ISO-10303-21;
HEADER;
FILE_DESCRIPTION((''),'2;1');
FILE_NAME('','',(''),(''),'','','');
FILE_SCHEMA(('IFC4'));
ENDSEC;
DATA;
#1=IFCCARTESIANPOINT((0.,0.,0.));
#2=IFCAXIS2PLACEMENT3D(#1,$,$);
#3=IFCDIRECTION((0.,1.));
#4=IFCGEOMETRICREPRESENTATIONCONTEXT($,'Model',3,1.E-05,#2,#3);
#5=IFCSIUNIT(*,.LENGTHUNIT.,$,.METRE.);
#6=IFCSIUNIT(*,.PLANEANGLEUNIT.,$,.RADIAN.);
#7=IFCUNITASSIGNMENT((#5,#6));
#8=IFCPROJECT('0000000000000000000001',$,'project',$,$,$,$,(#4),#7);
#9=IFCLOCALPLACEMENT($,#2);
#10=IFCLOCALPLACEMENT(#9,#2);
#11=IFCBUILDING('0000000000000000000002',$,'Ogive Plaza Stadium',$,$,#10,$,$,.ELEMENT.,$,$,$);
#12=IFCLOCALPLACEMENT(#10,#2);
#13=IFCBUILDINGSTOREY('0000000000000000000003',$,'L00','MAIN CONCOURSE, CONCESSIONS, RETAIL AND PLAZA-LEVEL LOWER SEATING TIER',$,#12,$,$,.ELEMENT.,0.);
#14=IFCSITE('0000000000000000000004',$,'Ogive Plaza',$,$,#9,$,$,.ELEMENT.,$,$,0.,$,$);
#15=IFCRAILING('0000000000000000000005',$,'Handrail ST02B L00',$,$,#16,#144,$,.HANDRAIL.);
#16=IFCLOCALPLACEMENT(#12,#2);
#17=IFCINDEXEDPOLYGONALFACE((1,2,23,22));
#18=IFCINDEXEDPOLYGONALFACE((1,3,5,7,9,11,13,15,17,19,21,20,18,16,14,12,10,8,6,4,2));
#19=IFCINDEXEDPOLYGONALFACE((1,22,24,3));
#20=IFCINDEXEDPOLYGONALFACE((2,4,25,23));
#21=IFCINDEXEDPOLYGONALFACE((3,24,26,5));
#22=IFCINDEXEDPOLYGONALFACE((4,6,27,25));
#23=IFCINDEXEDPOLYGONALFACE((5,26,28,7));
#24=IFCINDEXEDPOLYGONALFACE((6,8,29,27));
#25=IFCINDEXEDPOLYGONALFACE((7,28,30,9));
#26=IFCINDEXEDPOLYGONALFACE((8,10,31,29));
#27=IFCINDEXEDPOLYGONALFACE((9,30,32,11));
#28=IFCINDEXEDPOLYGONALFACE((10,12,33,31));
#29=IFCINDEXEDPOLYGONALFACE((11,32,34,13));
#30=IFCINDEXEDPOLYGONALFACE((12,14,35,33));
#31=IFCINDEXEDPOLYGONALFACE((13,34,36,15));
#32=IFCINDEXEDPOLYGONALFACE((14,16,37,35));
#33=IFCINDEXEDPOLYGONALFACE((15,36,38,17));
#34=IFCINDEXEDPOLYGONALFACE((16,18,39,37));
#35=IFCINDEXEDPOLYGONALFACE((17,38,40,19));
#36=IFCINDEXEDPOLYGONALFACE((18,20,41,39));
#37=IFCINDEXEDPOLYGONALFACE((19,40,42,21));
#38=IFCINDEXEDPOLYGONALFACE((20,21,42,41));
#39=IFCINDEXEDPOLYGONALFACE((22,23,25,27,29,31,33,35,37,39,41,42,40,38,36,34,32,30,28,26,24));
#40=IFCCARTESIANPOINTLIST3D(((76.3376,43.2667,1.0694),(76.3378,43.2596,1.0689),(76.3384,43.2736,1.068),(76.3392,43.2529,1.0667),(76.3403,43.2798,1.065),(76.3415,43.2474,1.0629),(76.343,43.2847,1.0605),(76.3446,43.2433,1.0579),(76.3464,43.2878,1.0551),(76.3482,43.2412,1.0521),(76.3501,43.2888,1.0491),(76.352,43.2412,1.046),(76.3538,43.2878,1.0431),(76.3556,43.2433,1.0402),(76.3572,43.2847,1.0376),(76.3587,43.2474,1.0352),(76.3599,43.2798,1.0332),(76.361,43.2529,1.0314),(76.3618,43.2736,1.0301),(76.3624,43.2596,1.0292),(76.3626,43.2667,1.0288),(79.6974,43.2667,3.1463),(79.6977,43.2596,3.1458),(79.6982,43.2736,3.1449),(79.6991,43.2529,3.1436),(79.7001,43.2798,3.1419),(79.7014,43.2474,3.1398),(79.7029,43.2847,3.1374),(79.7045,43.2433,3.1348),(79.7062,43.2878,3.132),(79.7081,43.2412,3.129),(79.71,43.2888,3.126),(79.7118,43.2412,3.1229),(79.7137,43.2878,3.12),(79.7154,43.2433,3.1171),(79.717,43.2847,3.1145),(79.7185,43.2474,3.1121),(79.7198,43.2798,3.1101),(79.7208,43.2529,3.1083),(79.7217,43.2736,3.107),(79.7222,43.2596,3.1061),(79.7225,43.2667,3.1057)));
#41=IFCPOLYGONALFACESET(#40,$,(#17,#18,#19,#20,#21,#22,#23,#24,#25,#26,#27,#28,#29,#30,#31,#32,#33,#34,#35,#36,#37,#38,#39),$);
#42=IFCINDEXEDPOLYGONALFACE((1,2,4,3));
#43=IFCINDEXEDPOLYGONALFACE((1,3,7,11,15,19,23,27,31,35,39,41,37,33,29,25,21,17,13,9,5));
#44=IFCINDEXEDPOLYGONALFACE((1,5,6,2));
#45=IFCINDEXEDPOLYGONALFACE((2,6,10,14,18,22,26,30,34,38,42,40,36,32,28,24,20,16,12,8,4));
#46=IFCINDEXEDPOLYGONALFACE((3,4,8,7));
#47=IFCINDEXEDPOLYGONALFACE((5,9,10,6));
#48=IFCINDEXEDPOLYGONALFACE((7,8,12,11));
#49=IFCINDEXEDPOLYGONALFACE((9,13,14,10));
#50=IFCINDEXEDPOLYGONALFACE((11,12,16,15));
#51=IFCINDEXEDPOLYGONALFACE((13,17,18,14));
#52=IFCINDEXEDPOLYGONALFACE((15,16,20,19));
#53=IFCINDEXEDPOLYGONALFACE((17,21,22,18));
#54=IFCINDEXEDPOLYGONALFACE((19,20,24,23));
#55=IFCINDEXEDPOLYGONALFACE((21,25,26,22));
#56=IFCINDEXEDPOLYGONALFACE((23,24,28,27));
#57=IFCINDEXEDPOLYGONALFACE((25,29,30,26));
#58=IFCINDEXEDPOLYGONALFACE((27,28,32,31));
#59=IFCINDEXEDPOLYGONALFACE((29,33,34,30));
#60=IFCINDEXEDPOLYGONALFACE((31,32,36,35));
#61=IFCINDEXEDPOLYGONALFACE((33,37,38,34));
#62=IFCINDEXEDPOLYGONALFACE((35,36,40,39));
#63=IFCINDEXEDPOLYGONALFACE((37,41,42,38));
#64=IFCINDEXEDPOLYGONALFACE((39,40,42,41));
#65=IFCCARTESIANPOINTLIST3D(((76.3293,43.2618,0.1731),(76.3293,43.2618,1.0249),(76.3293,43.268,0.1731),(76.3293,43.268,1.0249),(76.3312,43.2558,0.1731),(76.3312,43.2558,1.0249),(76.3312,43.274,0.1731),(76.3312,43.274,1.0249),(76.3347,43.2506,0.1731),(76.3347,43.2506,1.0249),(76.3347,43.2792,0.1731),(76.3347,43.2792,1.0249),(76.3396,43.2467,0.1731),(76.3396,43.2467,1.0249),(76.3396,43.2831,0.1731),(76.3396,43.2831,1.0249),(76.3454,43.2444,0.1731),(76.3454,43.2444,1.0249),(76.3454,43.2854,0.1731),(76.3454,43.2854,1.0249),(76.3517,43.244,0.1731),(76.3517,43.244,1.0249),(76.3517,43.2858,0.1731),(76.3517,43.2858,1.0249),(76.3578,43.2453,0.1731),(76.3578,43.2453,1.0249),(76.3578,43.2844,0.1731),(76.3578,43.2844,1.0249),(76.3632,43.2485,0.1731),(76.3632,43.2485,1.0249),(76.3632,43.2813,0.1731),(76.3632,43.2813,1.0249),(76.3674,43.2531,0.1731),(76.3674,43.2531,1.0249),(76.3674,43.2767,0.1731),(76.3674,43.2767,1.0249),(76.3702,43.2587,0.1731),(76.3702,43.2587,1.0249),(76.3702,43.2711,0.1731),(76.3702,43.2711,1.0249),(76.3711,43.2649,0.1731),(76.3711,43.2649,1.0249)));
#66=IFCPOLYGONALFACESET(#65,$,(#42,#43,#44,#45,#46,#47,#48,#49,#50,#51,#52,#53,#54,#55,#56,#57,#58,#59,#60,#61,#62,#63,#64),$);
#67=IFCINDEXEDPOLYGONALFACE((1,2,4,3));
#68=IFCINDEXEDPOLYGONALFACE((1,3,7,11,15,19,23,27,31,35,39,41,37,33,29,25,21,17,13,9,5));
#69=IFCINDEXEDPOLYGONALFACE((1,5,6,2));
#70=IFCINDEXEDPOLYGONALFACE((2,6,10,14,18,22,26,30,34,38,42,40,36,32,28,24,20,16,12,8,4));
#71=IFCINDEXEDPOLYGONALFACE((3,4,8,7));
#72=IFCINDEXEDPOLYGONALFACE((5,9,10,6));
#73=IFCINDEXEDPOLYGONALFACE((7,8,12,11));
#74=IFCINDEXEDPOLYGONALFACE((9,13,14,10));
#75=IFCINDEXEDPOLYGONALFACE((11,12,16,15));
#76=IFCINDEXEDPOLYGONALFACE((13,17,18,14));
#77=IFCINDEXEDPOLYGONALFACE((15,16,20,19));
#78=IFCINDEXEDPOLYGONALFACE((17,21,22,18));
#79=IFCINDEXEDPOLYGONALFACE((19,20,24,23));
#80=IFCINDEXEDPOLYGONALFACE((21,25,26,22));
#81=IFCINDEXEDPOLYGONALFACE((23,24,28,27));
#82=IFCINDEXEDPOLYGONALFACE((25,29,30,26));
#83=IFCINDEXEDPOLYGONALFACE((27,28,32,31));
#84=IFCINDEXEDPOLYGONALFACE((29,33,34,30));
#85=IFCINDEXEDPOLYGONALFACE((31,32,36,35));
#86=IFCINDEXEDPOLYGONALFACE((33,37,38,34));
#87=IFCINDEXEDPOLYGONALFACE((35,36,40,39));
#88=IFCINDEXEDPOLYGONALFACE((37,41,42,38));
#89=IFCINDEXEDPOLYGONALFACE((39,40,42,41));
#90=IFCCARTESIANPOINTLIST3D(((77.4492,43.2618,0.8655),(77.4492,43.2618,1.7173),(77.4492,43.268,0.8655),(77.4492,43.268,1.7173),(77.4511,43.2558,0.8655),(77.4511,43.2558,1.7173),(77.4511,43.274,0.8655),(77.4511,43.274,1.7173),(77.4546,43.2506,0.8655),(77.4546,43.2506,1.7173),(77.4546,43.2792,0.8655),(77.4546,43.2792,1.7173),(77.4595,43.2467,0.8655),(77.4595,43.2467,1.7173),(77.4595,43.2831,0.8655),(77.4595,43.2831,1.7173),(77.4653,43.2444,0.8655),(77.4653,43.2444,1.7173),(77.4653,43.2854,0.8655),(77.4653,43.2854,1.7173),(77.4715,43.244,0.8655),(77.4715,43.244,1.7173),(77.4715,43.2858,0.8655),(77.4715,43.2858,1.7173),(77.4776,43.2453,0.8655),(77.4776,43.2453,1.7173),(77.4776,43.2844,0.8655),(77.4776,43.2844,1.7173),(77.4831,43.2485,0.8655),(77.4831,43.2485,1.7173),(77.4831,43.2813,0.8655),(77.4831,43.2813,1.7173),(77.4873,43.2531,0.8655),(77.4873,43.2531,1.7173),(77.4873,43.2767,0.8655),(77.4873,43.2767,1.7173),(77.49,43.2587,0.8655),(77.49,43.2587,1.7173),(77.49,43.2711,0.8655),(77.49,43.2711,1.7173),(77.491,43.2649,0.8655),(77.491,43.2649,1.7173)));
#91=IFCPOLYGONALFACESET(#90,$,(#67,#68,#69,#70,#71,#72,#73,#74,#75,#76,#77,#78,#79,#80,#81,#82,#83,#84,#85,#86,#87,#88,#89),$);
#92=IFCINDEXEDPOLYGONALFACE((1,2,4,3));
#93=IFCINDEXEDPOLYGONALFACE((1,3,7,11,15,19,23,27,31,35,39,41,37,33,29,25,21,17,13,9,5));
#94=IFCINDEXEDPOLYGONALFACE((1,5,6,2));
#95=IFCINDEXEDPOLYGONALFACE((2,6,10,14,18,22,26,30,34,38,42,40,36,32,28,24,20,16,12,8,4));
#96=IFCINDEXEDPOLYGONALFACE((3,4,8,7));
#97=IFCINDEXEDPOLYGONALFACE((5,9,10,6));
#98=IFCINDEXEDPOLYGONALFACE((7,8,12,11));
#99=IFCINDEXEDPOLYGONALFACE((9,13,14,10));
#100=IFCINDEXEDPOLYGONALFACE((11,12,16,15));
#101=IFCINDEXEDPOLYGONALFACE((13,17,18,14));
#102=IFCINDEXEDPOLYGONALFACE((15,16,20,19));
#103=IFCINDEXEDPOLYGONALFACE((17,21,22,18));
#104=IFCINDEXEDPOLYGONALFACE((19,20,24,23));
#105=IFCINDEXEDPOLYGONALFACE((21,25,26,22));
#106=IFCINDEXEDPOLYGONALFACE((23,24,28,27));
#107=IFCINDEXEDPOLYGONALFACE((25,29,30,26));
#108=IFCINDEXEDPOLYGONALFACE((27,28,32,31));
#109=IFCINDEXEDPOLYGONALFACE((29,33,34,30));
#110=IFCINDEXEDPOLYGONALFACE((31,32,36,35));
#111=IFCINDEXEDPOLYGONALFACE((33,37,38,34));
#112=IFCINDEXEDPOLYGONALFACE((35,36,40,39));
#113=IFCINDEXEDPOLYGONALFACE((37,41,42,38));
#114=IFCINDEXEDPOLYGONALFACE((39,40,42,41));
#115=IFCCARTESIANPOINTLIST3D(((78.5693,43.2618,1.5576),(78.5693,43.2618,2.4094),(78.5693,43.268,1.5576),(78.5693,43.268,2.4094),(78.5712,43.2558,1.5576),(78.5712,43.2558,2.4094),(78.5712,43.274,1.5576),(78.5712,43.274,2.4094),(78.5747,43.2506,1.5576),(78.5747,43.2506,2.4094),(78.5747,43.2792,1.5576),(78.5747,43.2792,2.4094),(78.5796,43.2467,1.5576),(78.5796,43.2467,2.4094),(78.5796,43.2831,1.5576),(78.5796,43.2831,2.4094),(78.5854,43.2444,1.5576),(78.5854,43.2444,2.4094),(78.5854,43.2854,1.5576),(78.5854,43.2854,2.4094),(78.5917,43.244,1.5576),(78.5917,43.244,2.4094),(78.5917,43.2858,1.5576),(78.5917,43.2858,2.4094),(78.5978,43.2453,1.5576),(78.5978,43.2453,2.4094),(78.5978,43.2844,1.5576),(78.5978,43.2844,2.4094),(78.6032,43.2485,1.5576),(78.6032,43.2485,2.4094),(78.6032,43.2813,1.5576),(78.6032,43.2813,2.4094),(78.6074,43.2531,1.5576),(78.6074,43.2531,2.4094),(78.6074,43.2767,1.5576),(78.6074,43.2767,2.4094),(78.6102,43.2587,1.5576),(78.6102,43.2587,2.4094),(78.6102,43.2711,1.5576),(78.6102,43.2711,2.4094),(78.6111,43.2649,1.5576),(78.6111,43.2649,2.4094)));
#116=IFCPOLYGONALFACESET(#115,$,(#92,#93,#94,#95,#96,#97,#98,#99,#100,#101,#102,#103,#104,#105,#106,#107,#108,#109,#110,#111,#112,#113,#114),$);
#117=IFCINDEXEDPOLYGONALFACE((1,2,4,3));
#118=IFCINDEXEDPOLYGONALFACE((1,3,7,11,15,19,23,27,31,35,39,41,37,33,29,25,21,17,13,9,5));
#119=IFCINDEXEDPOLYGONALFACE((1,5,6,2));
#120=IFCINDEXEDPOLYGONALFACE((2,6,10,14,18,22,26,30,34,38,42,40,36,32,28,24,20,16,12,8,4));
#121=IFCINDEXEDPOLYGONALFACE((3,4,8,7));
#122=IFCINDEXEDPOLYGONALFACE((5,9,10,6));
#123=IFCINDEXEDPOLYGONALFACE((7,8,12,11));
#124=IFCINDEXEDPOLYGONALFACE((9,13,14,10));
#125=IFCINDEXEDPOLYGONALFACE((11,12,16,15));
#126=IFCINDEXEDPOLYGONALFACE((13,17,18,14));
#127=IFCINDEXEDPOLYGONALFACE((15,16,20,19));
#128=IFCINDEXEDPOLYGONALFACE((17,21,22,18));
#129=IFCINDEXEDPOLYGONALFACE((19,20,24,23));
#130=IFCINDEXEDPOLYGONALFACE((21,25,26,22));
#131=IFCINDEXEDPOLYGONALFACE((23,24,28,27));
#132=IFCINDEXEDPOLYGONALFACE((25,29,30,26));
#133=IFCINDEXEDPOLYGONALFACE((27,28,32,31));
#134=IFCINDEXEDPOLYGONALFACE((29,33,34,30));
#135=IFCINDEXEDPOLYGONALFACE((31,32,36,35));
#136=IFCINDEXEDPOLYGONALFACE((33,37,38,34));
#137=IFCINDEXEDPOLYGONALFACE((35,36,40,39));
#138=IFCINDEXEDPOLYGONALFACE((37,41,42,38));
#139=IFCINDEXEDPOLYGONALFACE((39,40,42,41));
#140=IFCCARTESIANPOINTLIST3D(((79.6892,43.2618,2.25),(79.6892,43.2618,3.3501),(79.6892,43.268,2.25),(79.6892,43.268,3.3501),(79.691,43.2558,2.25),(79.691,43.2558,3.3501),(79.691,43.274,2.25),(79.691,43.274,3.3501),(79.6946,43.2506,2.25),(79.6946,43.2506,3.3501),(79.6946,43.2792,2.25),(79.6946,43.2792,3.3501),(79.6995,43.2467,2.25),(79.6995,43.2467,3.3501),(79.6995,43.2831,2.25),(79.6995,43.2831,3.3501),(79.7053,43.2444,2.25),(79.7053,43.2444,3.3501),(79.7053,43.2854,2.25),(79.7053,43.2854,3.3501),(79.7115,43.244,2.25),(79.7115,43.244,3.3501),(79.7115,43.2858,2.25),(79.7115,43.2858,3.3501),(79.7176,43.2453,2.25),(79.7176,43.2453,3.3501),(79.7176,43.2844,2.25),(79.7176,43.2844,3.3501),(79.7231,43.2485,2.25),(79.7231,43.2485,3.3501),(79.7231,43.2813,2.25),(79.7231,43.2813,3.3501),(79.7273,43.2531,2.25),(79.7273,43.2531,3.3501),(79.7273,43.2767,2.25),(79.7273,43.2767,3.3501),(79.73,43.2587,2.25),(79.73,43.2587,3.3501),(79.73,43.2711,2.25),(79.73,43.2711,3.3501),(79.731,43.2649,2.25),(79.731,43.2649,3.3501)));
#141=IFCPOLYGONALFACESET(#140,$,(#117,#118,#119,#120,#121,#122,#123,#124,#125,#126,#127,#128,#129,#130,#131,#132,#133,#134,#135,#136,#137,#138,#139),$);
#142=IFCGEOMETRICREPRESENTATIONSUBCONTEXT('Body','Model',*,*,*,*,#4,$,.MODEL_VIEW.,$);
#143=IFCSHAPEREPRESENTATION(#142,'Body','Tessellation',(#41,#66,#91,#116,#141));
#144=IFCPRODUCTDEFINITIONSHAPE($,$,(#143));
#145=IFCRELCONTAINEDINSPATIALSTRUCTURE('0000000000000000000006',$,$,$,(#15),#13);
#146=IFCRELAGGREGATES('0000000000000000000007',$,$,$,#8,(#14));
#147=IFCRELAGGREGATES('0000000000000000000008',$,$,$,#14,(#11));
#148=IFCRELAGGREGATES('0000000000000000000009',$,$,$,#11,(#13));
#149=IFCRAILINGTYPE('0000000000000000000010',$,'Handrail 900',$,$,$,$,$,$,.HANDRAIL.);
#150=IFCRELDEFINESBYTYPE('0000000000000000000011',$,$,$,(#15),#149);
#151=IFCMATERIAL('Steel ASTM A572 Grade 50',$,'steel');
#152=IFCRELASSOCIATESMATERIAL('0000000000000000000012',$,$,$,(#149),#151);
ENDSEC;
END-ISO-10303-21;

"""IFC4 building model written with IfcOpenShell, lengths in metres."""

from ifc_helpers import new_model, si_unit, direction, frame, origin, origin_2d, place, context, subcontext, project, spatial, circle, extrude, material, type_object, element, save


model = new_model("IFC4")

# Units and contexts
model_context = context("Model", 3, precision=1e-05, world=origin(), true_north=direction((0.0, 1.0)))
body_context = subcontext(model_context, "Body", "Model", "MODEL_VIEW")
ifc_project = project(units=[si_unit("LENGTHUNIT", "METRE"), si_unit("PLANEANGLEUNIT", "RADIAN")], contexts=[model_context])

# Site, building, storey
site_placement = place(None, origin())
site = spatial("IfcSite", under=ifc_project, at=site_placement, Name="Ogive Plaza", CompositionType="ELEMENT", RefElevation=0.0)
building_placement = place(site_placement, origin())
building = spatial("IfcBuilding", under=site, at=building_placement, Name="Ogive Plaza Stadium", CompositionType="ELEMENT")
storey_placement = place(building_placement, origin())
storey = spatial("IfcBuildingStorey", under=building, at=storey_placement, Name="L00", Description="MAIN CONCOURSE, CONCESSIONS, RETAIL AND PLAZA-LEVEL LOWER SEATING TIER", CompositionType="ELEMENT", Elevation=0.0)

# Railing
ifc_material_1 = material(Name="Steel ASTM A572 Grade 50", Category="steel")
railing_type_1 = type_object("IfcRailingType", Name="Handrail 900", PredefinedType="HANDRAIL", material=ifc_material_1)
for number, where, name in (
    (1, (76.3501, 43.2649, 0.1731), "Handrail ST02B L00"),
):
    element("IfcRailing", number, at=place(storey_placement, frame(where)), inside=storey, type_object=railing_type_1, Name=name, PredefinedType="HANDRAIL", context=body_context, shape_type="SweptSolid", body=[
        extrude(circle(Radius=0.0239, at=origin_2d()), frame((0.0, 0.0, 0.876), z_axis=(0.850606, 0.0, 0.525803), x_axis=(0.0, 1.0, 0.0)), (0.0, 0.0, 1.0), 3.95),
        extrude(circle(Radius=0.021, at=origin_2d()), origin(), (0.0, 0.0, 1.0), 0.8518),
        extrude(circle(Radius=0.021, at=origin_2d()), frame((1.1199, 0.0, 0.6924)), (0.0, 0.0, 1.0), 0.8518),
        extrude(circle(Radius=0.021, at=origin_2d()), frame((2.24, 0.0, 1.3845)), (0.0, 0.0, 1.0), 0.8518),
        extrude(circle(Radius=0.021, at=origin_2d()), frame((3.3599, 0.0, 2.0769)), (0.0, 0.0, 1.0), 1.1001),
    ])

save(model, "model.ifc")
